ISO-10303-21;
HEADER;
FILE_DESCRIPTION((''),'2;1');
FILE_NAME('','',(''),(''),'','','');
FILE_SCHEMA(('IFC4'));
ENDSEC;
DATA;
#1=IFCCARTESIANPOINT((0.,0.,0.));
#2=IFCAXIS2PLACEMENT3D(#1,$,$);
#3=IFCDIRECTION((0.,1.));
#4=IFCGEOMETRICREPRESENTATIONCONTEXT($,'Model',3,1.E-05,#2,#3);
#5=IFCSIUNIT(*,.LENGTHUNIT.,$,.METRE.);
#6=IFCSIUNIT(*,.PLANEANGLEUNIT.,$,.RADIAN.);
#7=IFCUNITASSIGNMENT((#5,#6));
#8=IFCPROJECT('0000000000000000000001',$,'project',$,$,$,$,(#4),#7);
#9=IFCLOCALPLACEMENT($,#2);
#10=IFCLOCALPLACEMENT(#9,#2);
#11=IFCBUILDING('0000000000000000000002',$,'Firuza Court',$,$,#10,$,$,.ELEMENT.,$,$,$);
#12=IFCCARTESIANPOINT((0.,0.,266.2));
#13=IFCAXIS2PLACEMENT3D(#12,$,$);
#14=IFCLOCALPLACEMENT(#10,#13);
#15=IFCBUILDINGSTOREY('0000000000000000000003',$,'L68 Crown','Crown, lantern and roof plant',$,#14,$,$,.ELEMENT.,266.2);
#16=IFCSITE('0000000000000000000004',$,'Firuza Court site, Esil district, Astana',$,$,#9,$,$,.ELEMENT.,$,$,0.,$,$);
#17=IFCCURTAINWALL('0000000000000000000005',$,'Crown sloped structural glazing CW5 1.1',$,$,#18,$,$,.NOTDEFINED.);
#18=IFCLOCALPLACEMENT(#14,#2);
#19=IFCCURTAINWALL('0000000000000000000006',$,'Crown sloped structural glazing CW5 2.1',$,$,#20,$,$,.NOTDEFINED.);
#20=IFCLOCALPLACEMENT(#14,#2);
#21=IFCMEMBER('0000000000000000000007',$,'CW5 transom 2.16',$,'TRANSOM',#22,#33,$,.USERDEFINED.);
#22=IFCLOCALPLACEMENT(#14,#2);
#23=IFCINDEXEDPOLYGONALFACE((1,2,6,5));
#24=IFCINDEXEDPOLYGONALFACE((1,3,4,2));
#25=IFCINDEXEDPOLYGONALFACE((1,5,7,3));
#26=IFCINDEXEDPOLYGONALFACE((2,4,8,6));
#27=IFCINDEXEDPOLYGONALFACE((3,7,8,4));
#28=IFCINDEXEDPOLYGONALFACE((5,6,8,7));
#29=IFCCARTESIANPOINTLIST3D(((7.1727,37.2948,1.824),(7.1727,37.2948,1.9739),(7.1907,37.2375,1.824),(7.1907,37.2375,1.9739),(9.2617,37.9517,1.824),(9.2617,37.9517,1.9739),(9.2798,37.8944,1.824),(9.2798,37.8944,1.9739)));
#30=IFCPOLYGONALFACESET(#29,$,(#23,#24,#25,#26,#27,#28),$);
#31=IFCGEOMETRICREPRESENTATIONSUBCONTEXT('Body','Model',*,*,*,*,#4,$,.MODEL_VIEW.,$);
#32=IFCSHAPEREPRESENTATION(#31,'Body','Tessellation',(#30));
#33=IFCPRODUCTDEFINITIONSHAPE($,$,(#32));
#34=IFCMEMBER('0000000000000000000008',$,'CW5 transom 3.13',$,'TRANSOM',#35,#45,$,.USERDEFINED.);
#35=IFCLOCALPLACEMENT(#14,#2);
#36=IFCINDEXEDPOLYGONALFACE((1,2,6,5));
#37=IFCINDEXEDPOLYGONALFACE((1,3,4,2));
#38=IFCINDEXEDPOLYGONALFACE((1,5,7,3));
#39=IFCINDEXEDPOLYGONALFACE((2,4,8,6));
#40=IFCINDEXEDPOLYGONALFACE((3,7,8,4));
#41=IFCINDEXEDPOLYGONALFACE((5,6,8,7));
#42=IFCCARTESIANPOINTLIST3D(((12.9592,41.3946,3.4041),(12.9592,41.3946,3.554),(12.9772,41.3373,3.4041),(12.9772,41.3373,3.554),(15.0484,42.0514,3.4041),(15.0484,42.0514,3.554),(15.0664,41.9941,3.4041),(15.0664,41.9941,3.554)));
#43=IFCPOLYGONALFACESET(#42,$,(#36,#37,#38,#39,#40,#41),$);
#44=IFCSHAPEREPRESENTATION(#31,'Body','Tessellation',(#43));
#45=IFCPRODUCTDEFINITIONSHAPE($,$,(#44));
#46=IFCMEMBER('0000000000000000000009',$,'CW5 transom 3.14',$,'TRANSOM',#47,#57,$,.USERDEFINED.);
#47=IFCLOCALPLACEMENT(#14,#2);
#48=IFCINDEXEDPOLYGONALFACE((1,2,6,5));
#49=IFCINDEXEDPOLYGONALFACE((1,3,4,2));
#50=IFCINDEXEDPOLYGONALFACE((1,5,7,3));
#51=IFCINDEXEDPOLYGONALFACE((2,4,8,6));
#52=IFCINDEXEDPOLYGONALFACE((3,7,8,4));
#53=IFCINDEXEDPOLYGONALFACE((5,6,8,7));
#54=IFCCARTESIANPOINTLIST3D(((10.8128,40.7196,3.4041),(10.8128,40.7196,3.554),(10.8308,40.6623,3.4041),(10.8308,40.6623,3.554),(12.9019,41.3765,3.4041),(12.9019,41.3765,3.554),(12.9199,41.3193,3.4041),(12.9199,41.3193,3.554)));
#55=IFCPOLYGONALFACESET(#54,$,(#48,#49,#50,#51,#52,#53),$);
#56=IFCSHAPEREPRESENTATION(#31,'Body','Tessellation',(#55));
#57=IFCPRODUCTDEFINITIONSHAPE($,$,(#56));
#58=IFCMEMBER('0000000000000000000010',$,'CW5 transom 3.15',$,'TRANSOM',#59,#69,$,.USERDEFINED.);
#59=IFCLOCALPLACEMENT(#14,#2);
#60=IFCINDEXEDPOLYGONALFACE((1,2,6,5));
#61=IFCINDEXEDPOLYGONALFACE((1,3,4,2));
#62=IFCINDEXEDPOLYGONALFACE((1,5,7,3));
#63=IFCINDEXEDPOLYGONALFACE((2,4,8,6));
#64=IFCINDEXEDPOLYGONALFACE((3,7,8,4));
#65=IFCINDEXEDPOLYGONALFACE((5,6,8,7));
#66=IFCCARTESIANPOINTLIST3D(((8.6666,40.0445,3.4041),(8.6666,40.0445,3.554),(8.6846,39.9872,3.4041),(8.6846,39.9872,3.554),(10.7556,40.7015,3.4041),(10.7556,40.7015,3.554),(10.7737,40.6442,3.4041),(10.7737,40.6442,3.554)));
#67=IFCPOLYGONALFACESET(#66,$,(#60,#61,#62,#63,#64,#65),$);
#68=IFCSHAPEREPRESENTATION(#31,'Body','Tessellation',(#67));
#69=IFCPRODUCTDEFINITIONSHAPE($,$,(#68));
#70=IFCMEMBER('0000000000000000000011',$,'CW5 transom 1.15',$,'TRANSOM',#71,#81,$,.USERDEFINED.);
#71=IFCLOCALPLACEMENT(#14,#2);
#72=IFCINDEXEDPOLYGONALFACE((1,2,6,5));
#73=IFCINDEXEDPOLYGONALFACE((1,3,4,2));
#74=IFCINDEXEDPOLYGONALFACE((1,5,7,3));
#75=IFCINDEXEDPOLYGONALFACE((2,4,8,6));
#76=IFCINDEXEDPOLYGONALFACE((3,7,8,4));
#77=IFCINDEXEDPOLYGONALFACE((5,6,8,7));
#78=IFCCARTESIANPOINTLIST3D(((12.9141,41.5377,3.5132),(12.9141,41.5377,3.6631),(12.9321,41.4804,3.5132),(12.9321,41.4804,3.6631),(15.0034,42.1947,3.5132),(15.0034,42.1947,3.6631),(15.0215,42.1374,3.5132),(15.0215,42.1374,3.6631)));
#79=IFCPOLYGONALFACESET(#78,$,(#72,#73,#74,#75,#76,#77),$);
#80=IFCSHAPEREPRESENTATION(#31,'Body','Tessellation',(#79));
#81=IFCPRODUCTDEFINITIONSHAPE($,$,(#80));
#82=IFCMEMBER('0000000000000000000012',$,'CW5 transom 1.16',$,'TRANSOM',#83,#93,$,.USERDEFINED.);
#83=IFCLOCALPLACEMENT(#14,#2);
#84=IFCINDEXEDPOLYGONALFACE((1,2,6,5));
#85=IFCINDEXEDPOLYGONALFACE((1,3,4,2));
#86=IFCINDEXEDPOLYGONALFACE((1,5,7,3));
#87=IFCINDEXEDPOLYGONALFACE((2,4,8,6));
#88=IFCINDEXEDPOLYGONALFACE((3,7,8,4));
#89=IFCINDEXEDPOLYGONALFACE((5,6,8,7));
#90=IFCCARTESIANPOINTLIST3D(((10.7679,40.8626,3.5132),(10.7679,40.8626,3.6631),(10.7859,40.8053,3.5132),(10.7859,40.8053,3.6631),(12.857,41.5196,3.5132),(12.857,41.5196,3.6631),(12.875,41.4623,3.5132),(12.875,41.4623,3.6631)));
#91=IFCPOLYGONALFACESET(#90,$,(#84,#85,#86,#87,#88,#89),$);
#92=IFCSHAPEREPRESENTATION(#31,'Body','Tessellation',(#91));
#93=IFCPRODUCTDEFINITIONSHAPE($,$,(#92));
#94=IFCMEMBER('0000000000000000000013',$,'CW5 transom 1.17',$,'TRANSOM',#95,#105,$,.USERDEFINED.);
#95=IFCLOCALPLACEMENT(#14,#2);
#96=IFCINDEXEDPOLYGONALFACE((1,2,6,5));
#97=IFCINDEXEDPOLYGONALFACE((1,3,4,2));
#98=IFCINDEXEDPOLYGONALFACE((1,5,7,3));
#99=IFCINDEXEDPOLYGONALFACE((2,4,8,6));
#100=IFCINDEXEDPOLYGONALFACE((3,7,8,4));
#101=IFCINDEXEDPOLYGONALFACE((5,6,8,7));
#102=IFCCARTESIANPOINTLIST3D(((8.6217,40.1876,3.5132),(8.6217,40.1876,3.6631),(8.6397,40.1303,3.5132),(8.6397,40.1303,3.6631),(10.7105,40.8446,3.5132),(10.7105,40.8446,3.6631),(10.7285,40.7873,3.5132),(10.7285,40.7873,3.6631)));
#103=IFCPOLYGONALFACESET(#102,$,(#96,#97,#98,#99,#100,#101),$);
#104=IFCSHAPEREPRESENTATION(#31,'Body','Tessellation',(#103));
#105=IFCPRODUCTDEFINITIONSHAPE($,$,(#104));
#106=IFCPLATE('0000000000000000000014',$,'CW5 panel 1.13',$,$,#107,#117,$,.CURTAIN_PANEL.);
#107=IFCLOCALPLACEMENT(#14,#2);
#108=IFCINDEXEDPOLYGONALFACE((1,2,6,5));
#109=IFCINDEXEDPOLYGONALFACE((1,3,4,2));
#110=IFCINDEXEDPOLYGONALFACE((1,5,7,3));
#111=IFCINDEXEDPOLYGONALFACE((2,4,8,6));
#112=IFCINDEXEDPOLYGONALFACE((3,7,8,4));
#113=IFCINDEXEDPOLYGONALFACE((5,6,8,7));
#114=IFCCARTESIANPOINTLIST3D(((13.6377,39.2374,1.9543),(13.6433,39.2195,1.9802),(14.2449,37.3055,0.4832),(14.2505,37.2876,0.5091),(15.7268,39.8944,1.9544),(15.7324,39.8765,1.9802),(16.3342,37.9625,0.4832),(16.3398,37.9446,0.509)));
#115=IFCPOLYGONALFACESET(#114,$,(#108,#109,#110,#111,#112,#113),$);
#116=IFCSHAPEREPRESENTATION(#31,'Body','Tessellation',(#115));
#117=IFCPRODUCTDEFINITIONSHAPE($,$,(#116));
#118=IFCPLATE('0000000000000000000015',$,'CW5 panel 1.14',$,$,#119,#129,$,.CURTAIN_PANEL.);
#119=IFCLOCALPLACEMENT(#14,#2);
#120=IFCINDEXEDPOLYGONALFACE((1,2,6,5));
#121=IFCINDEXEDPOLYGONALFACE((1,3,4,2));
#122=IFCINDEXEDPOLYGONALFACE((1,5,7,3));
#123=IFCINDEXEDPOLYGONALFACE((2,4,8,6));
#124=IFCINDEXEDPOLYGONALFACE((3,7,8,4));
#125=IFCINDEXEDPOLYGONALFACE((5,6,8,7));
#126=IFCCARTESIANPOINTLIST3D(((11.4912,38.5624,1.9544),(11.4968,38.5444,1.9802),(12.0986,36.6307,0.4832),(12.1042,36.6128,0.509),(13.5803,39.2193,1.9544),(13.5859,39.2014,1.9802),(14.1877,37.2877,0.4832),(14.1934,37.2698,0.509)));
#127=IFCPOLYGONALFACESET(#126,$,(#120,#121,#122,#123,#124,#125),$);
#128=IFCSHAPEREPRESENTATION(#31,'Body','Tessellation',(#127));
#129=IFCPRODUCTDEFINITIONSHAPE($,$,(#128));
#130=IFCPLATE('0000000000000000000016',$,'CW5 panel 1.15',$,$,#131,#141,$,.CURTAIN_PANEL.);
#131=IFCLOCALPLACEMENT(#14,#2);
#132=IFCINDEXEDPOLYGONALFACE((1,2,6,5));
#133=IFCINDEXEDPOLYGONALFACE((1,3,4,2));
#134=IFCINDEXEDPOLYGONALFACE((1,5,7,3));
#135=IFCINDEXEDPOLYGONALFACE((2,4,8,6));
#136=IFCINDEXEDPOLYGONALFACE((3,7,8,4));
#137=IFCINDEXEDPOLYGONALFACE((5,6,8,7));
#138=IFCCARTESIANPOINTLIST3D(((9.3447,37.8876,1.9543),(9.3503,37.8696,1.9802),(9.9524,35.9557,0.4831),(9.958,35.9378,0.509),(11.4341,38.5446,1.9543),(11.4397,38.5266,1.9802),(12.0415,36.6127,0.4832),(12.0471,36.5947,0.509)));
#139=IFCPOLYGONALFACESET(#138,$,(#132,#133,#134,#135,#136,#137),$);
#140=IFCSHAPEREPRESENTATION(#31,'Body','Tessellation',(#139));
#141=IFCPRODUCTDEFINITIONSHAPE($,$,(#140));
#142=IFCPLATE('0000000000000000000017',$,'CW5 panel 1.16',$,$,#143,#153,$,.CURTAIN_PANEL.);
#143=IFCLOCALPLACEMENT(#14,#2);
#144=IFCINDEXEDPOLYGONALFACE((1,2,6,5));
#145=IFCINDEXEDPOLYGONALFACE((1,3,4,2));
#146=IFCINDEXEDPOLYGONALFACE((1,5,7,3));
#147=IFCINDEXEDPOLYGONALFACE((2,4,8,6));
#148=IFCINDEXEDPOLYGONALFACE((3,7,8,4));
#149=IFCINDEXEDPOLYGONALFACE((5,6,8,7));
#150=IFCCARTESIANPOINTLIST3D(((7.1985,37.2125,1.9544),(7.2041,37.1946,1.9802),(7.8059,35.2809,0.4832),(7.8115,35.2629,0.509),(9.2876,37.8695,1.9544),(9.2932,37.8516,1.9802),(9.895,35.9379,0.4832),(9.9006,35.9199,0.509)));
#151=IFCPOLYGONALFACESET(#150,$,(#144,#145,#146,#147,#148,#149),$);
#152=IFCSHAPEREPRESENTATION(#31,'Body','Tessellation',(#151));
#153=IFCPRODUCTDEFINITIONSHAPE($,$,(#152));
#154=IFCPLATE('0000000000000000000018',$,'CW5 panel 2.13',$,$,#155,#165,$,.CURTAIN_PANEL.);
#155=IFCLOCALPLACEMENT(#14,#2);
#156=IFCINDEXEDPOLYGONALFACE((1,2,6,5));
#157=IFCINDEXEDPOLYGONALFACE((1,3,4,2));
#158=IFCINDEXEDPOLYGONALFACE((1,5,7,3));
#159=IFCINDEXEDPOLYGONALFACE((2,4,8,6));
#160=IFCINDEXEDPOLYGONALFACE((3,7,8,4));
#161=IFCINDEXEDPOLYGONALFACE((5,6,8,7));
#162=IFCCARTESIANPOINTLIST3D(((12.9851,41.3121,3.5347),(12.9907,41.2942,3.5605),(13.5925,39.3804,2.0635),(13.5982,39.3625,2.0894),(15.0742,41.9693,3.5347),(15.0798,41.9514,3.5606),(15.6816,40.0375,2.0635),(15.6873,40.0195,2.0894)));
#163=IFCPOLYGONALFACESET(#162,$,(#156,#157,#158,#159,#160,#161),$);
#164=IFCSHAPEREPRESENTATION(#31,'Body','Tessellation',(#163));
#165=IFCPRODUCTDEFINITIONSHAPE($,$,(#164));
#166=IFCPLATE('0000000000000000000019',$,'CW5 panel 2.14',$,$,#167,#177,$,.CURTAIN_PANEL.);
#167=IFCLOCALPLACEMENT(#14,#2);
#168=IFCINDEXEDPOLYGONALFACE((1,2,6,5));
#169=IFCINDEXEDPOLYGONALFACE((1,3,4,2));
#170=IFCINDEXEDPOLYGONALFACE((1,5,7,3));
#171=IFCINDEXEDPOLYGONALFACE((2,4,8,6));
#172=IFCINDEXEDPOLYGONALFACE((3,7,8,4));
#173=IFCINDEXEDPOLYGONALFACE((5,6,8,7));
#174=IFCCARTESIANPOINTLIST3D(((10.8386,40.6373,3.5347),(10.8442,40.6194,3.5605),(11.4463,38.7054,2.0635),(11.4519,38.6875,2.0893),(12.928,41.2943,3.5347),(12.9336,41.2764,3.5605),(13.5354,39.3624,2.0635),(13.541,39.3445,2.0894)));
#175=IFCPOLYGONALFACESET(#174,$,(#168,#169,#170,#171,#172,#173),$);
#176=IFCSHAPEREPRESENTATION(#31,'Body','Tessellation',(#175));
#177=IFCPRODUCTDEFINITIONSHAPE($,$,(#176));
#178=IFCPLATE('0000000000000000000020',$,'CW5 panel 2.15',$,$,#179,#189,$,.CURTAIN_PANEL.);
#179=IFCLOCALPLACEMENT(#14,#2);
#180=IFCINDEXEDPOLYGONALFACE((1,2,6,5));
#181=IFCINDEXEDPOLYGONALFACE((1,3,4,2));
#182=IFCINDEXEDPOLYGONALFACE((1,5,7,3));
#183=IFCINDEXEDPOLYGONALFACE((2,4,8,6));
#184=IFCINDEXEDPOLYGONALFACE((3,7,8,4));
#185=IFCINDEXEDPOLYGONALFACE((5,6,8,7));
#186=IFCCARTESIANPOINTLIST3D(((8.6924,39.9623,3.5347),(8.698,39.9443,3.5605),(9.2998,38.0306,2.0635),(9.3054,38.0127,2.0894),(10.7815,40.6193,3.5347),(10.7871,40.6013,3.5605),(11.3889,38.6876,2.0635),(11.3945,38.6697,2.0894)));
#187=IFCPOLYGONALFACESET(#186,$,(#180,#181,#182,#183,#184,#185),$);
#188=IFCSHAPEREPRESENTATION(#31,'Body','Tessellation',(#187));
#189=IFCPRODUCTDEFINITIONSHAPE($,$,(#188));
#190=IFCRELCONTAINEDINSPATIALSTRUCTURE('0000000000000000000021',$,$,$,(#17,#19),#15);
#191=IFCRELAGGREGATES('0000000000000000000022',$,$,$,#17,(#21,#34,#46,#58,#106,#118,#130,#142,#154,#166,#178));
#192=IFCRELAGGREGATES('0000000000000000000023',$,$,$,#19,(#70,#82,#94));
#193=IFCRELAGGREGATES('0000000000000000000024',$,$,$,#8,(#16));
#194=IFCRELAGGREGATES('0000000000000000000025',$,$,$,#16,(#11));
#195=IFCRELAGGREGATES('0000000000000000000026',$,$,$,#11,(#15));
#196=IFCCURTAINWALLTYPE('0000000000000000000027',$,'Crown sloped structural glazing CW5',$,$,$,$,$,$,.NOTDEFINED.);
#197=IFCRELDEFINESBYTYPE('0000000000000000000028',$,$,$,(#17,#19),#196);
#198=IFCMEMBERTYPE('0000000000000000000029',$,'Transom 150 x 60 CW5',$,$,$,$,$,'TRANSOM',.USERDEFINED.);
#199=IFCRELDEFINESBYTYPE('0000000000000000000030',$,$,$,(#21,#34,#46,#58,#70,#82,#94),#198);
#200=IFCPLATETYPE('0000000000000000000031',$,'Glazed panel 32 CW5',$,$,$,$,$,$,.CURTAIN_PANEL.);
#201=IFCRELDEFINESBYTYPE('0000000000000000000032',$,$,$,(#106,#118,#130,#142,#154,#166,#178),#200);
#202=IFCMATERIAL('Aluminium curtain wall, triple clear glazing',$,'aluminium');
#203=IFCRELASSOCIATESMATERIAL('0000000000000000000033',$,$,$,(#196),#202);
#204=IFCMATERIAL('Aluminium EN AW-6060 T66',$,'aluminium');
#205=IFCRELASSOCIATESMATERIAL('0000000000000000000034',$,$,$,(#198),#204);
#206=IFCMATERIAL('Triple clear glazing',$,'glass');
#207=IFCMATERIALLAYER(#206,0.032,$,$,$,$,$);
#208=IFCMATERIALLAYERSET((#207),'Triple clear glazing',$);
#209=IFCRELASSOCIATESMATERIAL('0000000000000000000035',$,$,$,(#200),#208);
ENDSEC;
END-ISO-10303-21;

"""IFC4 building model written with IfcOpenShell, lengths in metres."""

from ifc_helpers import new_model, si_unit, direction, frame, origin, origin_2d, place, context, subcontext, project, spatial, polyline, rectangle, outline, extrude, material, layer, layer_set, material_profile, profile_set, type_object, element, aggregate, save


model = new_model("IFC4")

# Units and contexts
model_context = context("Model", 3, precision=1e-05, world=origin(), true_north=direction((0.0, 1.0)))
body_context = subcontext(model_context, "Body", "Model", "MODEL_VIEW")
ifc_project = project(units=[si_unit("LENGTHUNIT", "METRE"), si_unit("PLANEANGLEUNIT", "RADIAN")], contexts=[model_context])

# Site, building, storey
site_placement = place(None, origin())
site = spatial("IfcSite", under=ifc_project, at=site_placement, Name="Firuza Court site, Esil district, Astana", CompositionType="ELEMENT", RefElevation=0.0)
building_placement = place(site_placement, origin())
building = spatial("IfcBuilding", under=site, at=building_placement, Name="Firuza Court", CompositionType="ELEMENT")
storey_placement = place(building_placement, frame((0.0, 0.0, 266.2)))
storey = spatial("IfcBuildingStorey", under=building, at=storey_placement, Name="L68 Crown", Description="Crown, lantern and roof plant", CompositionType="ELEMENT", Elevation=266.2)

# Curtain walls
ifc_material_1 = material(Name="Aluminium curtain wall, triple clear glazing", Category="aluminium")
curtain_wall_type = type_object("IfcCurtainWallType", Name="Crown sloped structural glazing CW5", PredefinedType="NOTDEFINED", material=ifc_material_1)
curtain_wall_1_placement = place(storey_placement, origin())
curtain_wall_1 = element("IfcCurtainWall", 1, at=curtain_wall_1_placement, inside=storey, type_object=curtain_wall_type, Name="Crown sloped structural glazing CW5 1.1", PredefinedType="NOTDEFINED")
curtain_wall_2_placement = place(storey_placement, origin())
curtain_wall_2 = element("IfcCurtainWall", 2, at=curtain_wall_2_placement, inside=storey, type_object=curtain_wall_type, Name="Crown sloped structural glazing CW5 2.1", PredefinedType="NOTDEFINED")

# Members
ifc_material_2 = material(Name="Aluminium EN AW-6060 T66", Category="aluminium")
ifc_material_profile_1 = material_profile(ifc_material_2, rectangle(XDim=0.0601, YDim=0.1499, at=origin_2d()), Name="Transom 150 x 60 CW5")
ifc_profile_set_1 = profile_set([ifc_material_profile_1], Name="Aluminium EN AW-6060 T66")
member_type_1 = type_object("IfcMemberType", Name="Transom 150 x 60 CW5", ElementType="TRANSOM", PredefinedType="USERDEFINED", material=ifc_profile_set_1)
member_1_placement = place(storey_placement, frame((9.2708, 37.9231, 1.8989), z_axis=(-0.953941, -0.299995, 0.0), x_axis=(0.299995, -0.953941, 0.0)))
member_1 = element("IfcMember", 3, at=member_1_placement, type_object=member_type_1, Name="CW5 transom 2.16", ObjectType="TRANSOM", PredefinedType="USERDEFINED", context=body_context, shape_type="SweptSolid", body=[
    extrude(rectangle(XDim=0.0601, YDim=0.1499, at=origin_2d()), origin(), (0.0, 0.0, 1.0), 2.1899),
])
member_2_placement = place(storey_placement, frame((15.0574, 42.0227, 3.479), z_axis=(-0.953973, -0.299893, 0.0), x_axis=(0.299893, -0.953973, 0.0)))
member_2 = element("IfcMember", 4, at=member_2_placement, type_object=member_type_1, Name="CW5 transom 3.13", ObjectType="TRANSOM", PredefinedType="USERDEFINED", context=body_context, shape_type="SweptSolid", body=[
    extrude(rectangle(XDim=0.0601, YDim=0.1499, at=origin_2d()), origin(), (0.0, 0.0, 1.0), 2.1899),
])
member_3_placement = place(storey_placement, frame((12.9109, 41.3479, 3.479), z_axis=(-0.953941, -0.299995, 0.0), x_axis=(0.299995, -0.953941, 0.0)))
member_3 = element("IfcMember", 5, at=member_3_placement, type_object=member_type_1, Name="CW5 transom 3.14", ObjectType="TRANSOM", PredefinedType="USERDEFINED", context=body_context, shape_type="SweptSolid", body=[
    extrude(rectangle(XDim=0.0601, YDim=0.1499, at=origin_2d()), origin(), (0.0, 0.0, 1.0), 2.1899),
])
member_4_placement = place(storey_placement, frame((10.7646, 40.6729, 3.479), z_axis=(-0.953941, -0.299995, 0.0), x_axis=(0.299995, -0.953941, 0.0)))
member_4 = element("IfcMember", 6, at=member_4_placement, type_object=member_type_1, Name="CW5 transom 3.15", ObjectType="TRANSOM", PredefinedType="USERDEFINED", context=body_context, shape_type="SweptSolid", body=[
    extrude(rectangle(XDim=0.0601, YDim=0.1499, at=origin_2d()), origin(), (0.0, 0.0, 1.0), 2.1899),
])
member_5_placement = place(storey_placement, frame((15.0125, 42.166, 3.5881), z_axis=(-0.953951, -0.299963, 0.0), x_axis=(0.299963, -0.953951, 0.0)))
member_5 = element("IfcMember", 7, at=member_5_placement, type_object=member_type_1, Name="CW5 transom 1.15", ObjectType="TRANSOM", PredefinedType="USERDEFINED", context=body_context, shape_type="SweptSolid", body=[
    extrude(rectangle(XDim=0.0601, YDim=0.1499, at=origin_2d()), origin(), (0.0, 0.0, 1.0), 2.1902),
])
member_6_placement = place(storey_placement, frame((12.866, 41.491, 3.5881), z_axis=(-0.953941, -0.299995, 0.0), x_axis=(0.299995, -0.953941, 0.0)))
member_6 = element("IfcMember", 8, at=member_6_placement, type_object=member_type_1, Name="CW5 transom 1.16", ObjectType="TRANSOM", PredefinedType="USERDEFINED", context=body_context, shape_type="SweptSolid", body=[
    extrude(rectangle(XDim=0.0601, YDim=0.1499, at=origin_2d()), origin(), (0.0, 0.0, 1.0), 2.1899),
])
member_7_placement = place(storey_placement, frame((10.7195, 40.8159, 3.5881), z_axis=(-0.953931, -0.300027, 0.0), x_axis=(0.300027, -0.953931, 0.0)))
member_7 = element("IfcMember", 9, at=member_7_placement, type_object=member_type_1, Name="CW5 transom 1.17", ObjectType="TRANSOM", PredefinedType="USERDEFINED", context=body_context, shape_type="SweptSolid", body=[
    extrude(rectangle(XDim=0.0601, YDim=0.1499, at=origin_2d()), origin(), (0.0, 0.0, 1.0), 2.1897),
])

# Plates
ifc_material_3 = material(Name="Triple clear glazing", Category="glass")
ifc_layer = layer(ifc_material_3, 0.032)
ifc_layer_set = layer_set([ifc_layer], Name="Triple clear glazing")
plate_type = type_object("IfcPlateType", Name="Glazed panel 32 CW5", PredefinedType="CURTAIN_PANEL", material=ifc_layer_set)
plate_1_placement = place(storey_placement, frame((16.3398, 37.9446, 0.509), z_axis=(0.176313, -0.560685, 0.80904), x_axis=(-0.953949, -0.299968, 0.000008)))
plate_1 = element("IfcPlate", 10, at=plate_1_placement, type_object=plate_type, Name="CW5 panel 1.13", PredefinedType="CURTAIN_PANEL", context=body_context, shape_type="SweptSolid", body=[
    extrude(outline(polyline([(0.0, 0.0), (2.1902, 0.0), (2.1899, -2.503), (0.0, -2.5031), (0.0, 0.0)])), origin(), (0.0, 0.0, -1.0), 0.032),
])
plate_2_placement = place(storey_placement, frame((14.1934, 37.2698, 0.509), z_axis=(0.176334, -0.560717, 0.809013), x_axis=(-0.953941, -0.299995, 0.0)))
plate_2 = element("IfcPlate", 11, at=plate_2_placement, type_object=plate_type, Name="CW5 panel 1.14", PredefinedType="CURTAIN_PANEL", context=body_context, shape_type="SweptSolid", body=[
    extrude(outline(polyline([(0.0, 0.0), (2.19, 0.0), (2.1899, -2.5029), (0.0, -2.5029), (0.0, 0.0)])), origin(), (0.0, 0.0, -1.0), 0.032),
])
plate_3_placement = place(storey_placement, frame((12.0471, 36.5947, 0.509), z_axis=(0.176309, -0.560671, 0.80905), x_axis=(-0.953943, -0.299989, -0.000008)))
plate_3 = element("IfcPlate", 12, at=plate_3_placement, type_object=plate_type, Name="CW5 panel 1.15", PredefinedType="CURTAIN_PANEL", context=body_context, shape_type="SweptSolid", body=[
    extrude(outline(polyline([(0.0, 0.0), (2.19, 0.0), (2.1901, -2.5032), (-0.0001, -2.5031), (0.0, 0.0)])), origin(), (0.0, 0.0, -1.0), 0.032),
])
plate_4_placement = place(storey_placement, frame((9.9006, 35.9199, 0.509), z_axis=(0.176334, -0.560717, 0.809013), x_axis=(-0.953941, -0.299995, 0.0)))
plate_4 = element("IfcPlate", 13, at=plate_4_placement, type_object=plate_type, Name="CW5 panel 1.16", PredefinedType="CURTAIN_PANEL", context=body_context, shape_type="SweptSolid", body=[
    extrude(outline(polyline([(0.0, 0.0), (2.19, 0.0), (2.1899, -2.5029), (0.0, -2.5029), (0.0, 0.0)])), origin(), (0.0, 0.0, -1.0), 0.032),
])
plate_5_placement = place(storey_placement, frame((15.6873, 40.0195, 2.0894), z_axis=(0.176357, -0.560687, 0.809029), x_axis=(-0.953935, -0.300012, 0.000025)))
plate_5 = element("IfcPlate", 14, at=plate_5_placement, type_object=plate_type, Name="CW5 panel 2.13", PredefinedType="CURTAIN_PANEL", context=body_context, shape_type="SweptSolid", body=[
    extrude(outline(polyline([(0.0, 0.0), (2.19, 0.0), (2.1899, -2.5029), (-0.0001, -2.5031), (0.0, 0.0)])), origin(), (0.0, 0.0, -1.0), 0.032),
])
plate_6_placement = place(storey_placement, frame((13.541, 39.3445, 2.0894), z_axis=(0.176309, -0.560671, 0.80905), x_axis=(-0.953943, -0.299989, -0.000008)))
plate_6 = element("IfcPlate", 15, at=plate_6_placement, type_object=plate_type, Name="CW5 panel 2.14", PredefinedType="CURTAIN_PANEL", context=body_context, shape_type="SweptSolid", body=[
    extrude(outline(polyline([(0.0, 0.0), (2.19, 0.0), (2.1901, -2.5032), (-0.0001, -2.5031), (0.0, 0.0)])), origin(), (0.0, 0.0, -1.0), 0.032),
])
plate_7_placement = place(storey_placement, frame((11.3945, 38.6697, 2.0894), z_axis=(0.176334, -0.560717, 0.809013), x_axis=(-0.953941, -0.299995, 0.0)))
plate_7 = element("IfcPlate", 16, at=plate_7_placement, type_object=plate_type, Name="CW5 panel 2.15", PredefinedType="CURTAIN_PANEL", context=body_context, shape_type="SweptSolid", body=[
    extrude(outline(polyline([(0.0, 0.0), (2.19, 0.0), (2.1899, -2.5029), (0.0, -2.5029), (0.0, 0.0)])), origin(), (0.0, 0.0, -1.0), 0.032),
])
aggregate(curtain_wall_1, [member_1, member_2, member_3, member_4, plate_1, plate_2, plate_3, plate_4, plate_5, plate_6, plate_7])
aggregate(curtain_wall_2, [member_5, member_6, member_7])

save(model, "model.ifc")
